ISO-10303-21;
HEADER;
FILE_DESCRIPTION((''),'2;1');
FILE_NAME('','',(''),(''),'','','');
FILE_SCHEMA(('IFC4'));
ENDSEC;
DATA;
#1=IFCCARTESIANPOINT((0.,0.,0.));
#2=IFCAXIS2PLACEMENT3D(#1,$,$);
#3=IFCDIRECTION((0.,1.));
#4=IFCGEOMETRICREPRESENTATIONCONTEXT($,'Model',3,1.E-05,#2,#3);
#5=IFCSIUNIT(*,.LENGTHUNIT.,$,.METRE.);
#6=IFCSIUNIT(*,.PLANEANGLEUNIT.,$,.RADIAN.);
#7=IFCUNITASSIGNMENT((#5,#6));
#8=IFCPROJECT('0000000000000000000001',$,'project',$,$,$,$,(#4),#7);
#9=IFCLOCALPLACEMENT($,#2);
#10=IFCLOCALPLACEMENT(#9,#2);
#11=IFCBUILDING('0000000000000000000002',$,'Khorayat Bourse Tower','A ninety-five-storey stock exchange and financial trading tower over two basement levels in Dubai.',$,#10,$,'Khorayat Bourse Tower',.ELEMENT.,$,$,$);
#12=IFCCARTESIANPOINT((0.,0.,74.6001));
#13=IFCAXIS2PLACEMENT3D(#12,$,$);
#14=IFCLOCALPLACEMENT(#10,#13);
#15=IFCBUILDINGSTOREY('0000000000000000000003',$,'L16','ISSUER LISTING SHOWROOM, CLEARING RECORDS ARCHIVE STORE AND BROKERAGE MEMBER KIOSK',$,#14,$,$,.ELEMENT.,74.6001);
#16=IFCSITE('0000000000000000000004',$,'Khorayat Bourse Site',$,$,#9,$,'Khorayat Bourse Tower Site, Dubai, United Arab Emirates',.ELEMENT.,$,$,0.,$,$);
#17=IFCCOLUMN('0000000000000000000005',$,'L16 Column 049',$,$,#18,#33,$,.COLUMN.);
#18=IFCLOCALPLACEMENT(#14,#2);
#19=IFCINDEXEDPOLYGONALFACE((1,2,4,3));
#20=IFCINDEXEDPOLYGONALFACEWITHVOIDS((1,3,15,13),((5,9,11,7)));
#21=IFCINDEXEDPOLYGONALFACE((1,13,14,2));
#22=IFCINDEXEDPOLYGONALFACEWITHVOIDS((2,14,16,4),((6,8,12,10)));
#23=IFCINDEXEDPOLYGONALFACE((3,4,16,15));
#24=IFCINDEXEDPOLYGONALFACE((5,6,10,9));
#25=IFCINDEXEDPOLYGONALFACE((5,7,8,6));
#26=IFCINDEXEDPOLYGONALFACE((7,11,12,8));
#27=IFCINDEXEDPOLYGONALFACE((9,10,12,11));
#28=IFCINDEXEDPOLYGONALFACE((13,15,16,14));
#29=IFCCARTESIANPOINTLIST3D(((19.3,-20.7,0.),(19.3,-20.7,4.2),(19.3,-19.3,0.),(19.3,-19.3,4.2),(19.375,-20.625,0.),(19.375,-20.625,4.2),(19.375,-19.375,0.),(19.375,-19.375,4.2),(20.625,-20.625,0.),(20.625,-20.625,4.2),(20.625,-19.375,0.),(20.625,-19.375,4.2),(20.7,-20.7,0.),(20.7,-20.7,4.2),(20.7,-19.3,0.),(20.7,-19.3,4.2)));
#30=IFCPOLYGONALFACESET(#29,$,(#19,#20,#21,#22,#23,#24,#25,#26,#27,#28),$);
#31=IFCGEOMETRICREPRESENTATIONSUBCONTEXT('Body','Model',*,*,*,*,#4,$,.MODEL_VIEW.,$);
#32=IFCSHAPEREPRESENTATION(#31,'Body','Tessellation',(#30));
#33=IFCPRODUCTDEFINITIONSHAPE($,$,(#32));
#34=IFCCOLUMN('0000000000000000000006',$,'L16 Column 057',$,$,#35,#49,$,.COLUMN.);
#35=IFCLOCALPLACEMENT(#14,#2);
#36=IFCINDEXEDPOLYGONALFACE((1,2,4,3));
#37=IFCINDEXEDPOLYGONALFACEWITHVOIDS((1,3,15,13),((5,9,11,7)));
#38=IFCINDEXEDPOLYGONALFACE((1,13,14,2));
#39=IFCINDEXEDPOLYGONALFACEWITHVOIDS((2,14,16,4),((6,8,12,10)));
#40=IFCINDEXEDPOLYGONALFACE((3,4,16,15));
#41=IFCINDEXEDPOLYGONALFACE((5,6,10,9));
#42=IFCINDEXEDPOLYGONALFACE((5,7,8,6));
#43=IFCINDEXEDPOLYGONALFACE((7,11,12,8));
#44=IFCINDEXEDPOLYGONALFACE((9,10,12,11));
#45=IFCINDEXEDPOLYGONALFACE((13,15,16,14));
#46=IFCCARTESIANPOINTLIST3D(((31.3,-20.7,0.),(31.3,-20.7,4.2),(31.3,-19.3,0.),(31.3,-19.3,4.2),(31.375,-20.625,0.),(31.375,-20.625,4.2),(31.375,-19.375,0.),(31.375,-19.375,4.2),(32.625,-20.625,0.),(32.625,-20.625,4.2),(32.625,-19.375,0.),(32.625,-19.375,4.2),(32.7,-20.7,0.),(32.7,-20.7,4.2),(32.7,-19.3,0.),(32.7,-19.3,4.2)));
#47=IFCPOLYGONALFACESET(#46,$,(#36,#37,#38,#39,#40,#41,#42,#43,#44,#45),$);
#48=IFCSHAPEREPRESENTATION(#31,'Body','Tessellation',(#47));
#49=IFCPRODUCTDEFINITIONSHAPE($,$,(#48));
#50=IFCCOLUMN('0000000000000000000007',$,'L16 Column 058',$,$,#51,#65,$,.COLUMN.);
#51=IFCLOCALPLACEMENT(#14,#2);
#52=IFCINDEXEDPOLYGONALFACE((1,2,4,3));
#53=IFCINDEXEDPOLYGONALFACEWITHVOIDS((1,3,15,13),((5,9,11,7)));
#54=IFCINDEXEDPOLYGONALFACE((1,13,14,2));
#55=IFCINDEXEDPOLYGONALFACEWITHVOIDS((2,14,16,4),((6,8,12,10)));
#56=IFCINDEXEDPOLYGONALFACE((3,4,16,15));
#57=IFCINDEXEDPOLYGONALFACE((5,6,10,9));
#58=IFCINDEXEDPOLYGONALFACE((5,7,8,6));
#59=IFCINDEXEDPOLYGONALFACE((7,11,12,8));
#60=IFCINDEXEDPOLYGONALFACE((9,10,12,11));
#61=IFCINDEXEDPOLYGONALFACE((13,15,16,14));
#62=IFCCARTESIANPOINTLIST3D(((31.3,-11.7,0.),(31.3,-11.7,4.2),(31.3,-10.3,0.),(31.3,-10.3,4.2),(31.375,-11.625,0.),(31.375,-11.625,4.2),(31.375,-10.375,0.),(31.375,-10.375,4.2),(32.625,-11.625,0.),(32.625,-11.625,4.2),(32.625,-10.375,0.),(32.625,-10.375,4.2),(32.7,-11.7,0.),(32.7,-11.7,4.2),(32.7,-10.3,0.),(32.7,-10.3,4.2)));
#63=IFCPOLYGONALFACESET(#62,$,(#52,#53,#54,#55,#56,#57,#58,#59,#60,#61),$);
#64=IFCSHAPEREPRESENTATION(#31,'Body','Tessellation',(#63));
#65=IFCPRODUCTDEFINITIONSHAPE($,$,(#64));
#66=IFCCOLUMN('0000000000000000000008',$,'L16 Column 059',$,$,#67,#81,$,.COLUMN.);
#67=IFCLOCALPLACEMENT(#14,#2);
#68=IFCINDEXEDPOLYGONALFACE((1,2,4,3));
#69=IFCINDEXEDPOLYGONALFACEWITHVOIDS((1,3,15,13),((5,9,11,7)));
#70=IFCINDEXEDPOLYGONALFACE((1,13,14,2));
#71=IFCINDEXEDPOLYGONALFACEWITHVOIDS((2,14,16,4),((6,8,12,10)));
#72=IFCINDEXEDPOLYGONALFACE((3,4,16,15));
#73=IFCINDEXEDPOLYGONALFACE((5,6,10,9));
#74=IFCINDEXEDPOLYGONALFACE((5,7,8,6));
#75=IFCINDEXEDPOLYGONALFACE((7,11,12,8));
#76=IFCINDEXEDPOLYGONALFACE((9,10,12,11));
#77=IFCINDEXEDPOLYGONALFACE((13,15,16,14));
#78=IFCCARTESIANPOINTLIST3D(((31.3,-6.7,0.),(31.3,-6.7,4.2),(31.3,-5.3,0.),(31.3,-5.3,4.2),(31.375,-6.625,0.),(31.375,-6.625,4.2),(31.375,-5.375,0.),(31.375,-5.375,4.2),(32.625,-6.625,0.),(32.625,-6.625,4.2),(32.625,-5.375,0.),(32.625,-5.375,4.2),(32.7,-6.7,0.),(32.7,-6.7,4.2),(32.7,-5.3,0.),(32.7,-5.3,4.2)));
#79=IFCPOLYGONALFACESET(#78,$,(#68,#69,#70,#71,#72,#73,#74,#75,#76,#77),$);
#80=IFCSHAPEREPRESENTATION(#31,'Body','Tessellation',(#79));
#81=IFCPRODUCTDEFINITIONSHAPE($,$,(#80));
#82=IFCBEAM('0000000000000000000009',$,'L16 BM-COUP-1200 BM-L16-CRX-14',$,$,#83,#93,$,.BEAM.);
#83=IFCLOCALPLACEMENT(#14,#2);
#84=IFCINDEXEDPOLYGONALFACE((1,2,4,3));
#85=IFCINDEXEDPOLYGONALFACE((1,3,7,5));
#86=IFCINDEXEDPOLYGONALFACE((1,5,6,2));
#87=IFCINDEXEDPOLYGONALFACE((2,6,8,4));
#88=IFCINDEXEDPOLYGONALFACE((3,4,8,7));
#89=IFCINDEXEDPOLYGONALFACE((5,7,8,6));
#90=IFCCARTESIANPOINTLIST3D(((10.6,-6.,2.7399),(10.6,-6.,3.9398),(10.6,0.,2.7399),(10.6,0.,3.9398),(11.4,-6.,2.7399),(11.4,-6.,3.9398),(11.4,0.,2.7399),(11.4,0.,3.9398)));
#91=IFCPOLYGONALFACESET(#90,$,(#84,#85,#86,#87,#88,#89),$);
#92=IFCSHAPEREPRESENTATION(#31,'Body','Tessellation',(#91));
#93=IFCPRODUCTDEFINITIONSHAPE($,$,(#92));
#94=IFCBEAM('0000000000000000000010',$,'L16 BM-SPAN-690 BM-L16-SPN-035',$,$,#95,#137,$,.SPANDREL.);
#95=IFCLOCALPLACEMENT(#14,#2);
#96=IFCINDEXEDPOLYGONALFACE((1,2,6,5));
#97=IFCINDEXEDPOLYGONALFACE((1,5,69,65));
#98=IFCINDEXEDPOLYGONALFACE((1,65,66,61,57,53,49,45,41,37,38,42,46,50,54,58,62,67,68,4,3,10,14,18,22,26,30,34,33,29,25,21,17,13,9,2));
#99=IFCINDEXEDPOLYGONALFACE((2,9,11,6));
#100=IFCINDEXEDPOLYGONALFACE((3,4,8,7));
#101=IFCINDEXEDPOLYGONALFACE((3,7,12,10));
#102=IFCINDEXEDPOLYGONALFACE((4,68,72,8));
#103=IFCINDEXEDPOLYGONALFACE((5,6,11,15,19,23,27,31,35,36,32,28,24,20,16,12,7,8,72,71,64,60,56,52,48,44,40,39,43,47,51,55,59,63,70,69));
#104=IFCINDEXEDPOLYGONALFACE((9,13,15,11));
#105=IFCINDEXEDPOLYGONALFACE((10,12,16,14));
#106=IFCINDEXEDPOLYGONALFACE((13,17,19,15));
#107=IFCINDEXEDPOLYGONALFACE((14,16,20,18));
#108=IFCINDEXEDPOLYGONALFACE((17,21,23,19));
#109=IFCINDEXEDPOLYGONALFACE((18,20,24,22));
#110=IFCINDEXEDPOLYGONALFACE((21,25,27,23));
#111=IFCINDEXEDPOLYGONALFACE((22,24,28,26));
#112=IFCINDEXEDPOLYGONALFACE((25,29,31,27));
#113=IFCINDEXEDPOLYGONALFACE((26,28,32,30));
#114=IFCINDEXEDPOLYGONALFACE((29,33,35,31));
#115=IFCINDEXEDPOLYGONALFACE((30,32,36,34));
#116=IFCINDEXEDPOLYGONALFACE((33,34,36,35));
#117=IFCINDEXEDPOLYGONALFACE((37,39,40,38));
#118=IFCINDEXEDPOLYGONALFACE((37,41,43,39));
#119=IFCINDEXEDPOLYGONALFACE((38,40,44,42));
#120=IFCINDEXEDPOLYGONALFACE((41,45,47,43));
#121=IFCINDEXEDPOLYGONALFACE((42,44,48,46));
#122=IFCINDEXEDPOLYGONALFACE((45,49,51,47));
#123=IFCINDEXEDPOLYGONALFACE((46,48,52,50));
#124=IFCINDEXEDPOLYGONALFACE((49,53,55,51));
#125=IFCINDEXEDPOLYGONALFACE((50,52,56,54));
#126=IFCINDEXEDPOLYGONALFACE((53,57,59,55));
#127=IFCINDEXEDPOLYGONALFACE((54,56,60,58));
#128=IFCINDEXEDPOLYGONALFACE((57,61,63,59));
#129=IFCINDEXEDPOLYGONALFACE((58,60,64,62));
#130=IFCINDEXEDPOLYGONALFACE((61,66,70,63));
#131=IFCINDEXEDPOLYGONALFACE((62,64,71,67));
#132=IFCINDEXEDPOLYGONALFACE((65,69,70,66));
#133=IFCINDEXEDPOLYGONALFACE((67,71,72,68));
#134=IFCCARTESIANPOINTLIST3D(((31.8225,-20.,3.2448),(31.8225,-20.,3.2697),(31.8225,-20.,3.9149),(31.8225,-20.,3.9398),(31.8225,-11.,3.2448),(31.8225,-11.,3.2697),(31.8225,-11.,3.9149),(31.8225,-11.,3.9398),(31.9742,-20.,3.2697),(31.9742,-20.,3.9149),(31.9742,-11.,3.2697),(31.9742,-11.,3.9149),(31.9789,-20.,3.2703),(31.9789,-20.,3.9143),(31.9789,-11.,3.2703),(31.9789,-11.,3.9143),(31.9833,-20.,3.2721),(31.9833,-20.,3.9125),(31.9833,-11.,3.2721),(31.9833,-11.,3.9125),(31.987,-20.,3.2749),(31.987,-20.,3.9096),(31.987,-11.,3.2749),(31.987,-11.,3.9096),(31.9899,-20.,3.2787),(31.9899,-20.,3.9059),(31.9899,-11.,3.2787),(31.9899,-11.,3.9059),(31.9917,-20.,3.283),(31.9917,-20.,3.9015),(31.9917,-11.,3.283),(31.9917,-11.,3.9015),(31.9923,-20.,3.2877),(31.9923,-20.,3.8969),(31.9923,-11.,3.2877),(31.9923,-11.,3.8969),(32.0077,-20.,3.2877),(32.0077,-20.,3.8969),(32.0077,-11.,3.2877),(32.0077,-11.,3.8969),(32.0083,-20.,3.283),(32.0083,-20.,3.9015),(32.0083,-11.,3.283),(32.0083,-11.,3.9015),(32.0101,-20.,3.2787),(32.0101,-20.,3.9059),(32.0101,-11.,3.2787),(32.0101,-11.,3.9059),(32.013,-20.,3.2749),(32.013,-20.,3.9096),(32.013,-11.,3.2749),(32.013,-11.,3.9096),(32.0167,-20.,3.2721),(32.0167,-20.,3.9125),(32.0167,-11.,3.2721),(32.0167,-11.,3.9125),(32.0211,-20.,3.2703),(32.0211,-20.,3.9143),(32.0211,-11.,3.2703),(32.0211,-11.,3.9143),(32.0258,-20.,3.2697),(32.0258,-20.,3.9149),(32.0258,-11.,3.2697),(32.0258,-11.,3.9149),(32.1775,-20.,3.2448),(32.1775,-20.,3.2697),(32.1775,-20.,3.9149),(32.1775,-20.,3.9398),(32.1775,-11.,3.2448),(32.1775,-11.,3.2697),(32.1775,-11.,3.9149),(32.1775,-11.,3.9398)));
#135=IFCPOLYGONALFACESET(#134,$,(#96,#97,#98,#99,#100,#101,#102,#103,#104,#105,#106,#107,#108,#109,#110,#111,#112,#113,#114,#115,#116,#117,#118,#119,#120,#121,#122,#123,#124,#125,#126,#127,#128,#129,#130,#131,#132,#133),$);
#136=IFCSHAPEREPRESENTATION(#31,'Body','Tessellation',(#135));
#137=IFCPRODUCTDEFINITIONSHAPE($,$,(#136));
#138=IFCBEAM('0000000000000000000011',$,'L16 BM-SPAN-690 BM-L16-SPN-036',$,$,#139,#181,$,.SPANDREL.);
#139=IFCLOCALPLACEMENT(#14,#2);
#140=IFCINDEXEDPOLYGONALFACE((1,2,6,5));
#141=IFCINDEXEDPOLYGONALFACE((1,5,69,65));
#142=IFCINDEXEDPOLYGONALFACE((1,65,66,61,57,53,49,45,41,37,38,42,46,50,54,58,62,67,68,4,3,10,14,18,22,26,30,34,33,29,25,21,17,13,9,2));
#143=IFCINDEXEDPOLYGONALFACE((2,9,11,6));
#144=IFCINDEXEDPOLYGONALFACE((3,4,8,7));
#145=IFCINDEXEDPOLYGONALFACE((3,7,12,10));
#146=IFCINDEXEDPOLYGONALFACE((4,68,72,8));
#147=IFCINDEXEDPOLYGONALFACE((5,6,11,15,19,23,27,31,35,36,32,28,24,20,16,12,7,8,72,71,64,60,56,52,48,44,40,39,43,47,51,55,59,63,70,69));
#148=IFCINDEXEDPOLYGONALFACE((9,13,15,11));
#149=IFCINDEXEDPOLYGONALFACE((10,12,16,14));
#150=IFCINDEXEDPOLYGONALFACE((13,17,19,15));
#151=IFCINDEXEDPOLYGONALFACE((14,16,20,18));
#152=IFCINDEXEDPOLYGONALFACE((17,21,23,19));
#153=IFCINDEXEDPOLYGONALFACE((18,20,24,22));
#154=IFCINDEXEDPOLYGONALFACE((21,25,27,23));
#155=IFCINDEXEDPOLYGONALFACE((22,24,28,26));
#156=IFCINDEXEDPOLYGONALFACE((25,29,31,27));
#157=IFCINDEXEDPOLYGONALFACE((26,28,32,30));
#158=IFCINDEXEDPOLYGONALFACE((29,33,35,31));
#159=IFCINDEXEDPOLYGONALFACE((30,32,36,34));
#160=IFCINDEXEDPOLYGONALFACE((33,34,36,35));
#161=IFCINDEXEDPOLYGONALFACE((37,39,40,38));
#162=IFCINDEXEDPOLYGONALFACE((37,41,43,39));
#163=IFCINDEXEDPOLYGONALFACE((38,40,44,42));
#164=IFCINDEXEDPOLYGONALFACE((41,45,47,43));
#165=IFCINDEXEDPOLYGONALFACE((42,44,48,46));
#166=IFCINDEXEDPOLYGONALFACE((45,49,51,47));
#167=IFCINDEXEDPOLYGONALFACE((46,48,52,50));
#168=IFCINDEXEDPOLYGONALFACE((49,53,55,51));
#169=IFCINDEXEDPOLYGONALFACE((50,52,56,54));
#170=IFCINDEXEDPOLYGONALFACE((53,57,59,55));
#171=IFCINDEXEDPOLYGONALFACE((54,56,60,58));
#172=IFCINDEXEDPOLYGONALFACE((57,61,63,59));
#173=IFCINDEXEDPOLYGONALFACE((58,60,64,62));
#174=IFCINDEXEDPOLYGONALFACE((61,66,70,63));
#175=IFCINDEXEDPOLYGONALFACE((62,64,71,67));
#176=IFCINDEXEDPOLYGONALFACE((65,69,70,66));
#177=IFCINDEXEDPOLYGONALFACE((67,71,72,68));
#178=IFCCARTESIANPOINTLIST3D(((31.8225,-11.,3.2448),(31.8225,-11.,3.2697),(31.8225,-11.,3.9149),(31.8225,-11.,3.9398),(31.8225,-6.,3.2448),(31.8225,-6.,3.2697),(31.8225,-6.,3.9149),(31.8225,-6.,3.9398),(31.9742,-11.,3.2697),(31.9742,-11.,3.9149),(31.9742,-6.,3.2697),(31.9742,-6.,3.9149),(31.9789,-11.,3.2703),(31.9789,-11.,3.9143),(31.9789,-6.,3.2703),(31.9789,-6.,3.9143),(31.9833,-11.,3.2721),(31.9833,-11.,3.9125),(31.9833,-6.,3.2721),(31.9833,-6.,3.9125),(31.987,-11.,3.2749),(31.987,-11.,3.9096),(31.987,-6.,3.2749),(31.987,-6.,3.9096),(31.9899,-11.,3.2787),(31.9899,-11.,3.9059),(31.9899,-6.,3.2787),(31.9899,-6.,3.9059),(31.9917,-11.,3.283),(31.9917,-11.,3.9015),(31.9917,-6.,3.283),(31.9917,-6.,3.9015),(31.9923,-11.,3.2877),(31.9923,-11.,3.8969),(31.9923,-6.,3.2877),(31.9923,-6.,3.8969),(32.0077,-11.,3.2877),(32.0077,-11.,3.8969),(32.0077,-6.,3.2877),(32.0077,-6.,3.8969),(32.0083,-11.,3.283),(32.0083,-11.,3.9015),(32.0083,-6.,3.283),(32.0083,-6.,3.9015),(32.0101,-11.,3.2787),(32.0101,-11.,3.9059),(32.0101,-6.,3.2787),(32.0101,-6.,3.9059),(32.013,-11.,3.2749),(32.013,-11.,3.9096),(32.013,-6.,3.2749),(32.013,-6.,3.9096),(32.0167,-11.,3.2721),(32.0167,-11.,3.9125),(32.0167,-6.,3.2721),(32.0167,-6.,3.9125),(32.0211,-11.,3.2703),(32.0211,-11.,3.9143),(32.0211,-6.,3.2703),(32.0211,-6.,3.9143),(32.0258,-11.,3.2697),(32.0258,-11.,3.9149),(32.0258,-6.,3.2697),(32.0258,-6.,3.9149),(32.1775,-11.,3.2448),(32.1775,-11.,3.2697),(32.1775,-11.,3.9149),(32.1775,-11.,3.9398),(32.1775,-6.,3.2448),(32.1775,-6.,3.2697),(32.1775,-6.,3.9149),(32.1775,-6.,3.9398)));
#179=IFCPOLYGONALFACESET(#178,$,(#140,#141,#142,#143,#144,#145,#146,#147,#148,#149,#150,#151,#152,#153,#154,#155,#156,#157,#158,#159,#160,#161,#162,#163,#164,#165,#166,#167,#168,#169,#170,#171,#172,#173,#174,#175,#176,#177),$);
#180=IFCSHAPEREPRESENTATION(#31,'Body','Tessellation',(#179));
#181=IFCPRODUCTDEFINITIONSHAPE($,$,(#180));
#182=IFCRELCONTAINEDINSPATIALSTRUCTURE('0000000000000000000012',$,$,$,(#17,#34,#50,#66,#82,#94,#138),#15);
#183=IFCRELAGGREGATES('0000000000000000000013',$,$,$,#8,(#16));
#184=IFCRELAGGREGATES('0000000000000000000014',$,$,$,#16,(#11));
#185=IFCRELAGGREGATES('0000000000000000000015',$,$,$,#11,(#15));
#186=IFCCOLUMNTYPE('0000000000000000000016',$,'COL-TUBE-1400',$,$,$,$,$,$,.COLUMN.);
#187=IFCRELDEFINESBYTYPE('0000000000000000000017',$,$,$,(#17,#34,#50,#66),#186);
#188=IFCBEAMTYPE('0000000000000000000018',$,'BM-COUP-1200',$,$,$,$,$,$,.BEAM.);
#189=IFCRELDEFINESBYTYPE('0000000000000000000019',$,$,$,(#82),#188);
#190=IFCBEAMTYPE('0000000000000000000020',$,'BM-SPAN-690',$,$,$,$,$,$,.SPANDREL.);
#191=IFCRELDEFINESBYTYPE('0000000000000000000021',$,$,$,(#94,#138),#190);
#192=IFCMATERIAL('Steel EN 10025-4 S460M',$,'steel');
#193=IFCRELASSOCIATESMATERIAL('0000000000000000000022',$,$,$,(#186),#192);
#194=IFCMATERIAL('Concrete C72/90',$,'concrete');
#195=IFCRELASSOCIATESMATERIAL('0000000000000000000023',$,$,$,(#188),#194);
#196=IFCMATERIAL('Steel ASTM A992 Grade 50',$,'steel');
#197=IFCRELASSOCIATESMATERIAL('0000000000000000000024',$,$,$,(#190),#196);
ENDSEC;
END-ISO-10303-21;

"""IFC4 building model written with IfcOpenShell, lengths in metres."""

from ifc_helpers import new_model, si_unit, direction, frame, origin, origin_2d, place, context, subcontext, project, spatial, rectangle, hollow_rectangle, i_section, extrude, source, transform, mapped, material, material_profile, profile_set, type_object, element, save


model = new_model("IFC4")

# Units and contexts
model_context = context("Model", 3, precision=1e-05, world=origin(), true_north=direction((0.0, 1.0)))
body_context = subcontext(model_context, "Body", "Model", "MODEL_VIEW")
ifc_project = project(units=[si_unit("LENGTHUNIT", "METRE"), si_unit("PLANEANGLEUNIT", "RADIAN")], contexts=[model_context])

# Site, building, storey
site_placement = place(None, origin())
site = spatial("IfcSite", under=ifc_project, at=site_placement, Name="Khorayat Bourse Site", LongName="Khorayat Bourse Tower Site, Dubai, United Arab Emirates", CompositionType="ELEMENT", RefElevation=0.0)
building_placement = place(site_placement, origin())
building = spatial("IfcBuilding", under=site, at=building_placement, Name="Khorayat Bourse Tower", Description="A ninety-five-storey stock exchange and financial trading tower over two basement levels in Dubai.", LongName="Khorayat Bourse Tower", CompositionType="ELEMENT")
storey_placement = place(building_placement, frame((0.0, 0.0, 74.6001)))
storey = spatial("IfcBuildingStorey", under=building, at=storey_placement, Name="L16", Description="ISSUER LISTING SHOWROOM, CLEARING RECORDS ARCHIVE STORE AND BROKERAGE MEMBER KIOSK", CompositionType="ELEMENT", Elevation=74.6001)

# Columns
ifc_material_1 = material(Name="Steel EN 10025-4 S460M", Category="steel")
ifc_material_profile_1 = material_profile(ifc_material_1, hollow_rectangle(XDim=1.3999, YDim=1.3999, WallThickness=0.075, at=origin_2d()), Name="BOX 1400x1400x75")
ifc_profile_set_1 = profile_set([ifc_material_profile_1], Name="Steel EN 10025-4 S460M")
column_type = type_object("IfcColumnType", Name="COL-TUBE-1400", PredefinedType="COLUMN", material=ifc_profile_set_1)
shared_shape_1 = source(origin(), body_context, "Body", "SweptSolid", [
    extrude(hollow_rectangle(XDim=1.3999, YDim=1.3999, WallThickness=0.075, at=origin_2d()), origin(), (0.0, 0.0, 1.0), 4.2),
])
for number, where, z_axis, x_axis, name in (
    (1, (20.0, -20.0, 0.0), (0.0, 0.0, 1.0), (1.0, 0.0, 0.0), "L16 Column 049"),
    (2, (32.0, -20.0, 0.0), (0.0, 0.0, 1.0), (1.0, 0.0, 0.0), "L16 Column 057"),
    (3, (32.0, -11.0, 0.0), (0.0, 0.0, 1.0), (1.0, 0.0, 0.0), "L16 Column 058"),
    (4, (32.0, -6.0, 0.0), (0.0, 0.0, 1.0), (1.0, 0.0, 0.0), "L16 Column 059"),
):
    element("IfcColumn", number, at=place(storey_placement, frame(where, z_axis=z_axis, x_axis=x_axis)), inside=storey, type_object=column_type, Name=name, PredefinedType="COLUMN", context=body_context, shape_type="MappedRepresentation", body=[
        mapped(shared_shape_1, transform((0.0, 0.0, 0.0), scale=1.0)),
    ])

# Beams
ifc_material_2 = material(Name="Concrete C72/90", Category="concrete")
ifc_material_profile_2 = material_profile(ifc_material_2, rectangle(XDim=0.8, YDim=1.2, at=origin_2d()), Name="RC 800x1200")
ifc_profile_set_2 = profile_set([ifc_material_profile_2], Name="Concrete C72/90")
beam_type_1 = type_object("IfcBeamType", Name="BM-COUP-1200", PredefinedType="BEAM", material=ifc_profile_set_2)
shared_shape_2 = source(origin(), body_context, "Body", "SweptSolid", [
    extrude(rectangle(XDim=0.8, YDim=1.2, at=origin_2d()), origin(), (0.0, 0.0, 1.0), 6.0),
])
beam_1_placement = place(storey_placement, frame((11.0, -6.0, 3.3398), z_axis=(0.0, 1.0, 0.0), x_axis=(-1.0, 0.0, 0.0)))
element("IfcBeam", 5, at=beam_1_placement, inside=storey, type_object=beam_type_1, Name="L16 BM-COUP-1200 BM-L16-CRX-14", PredefinedType="BEAM", context=body_context, shape_type="MappedRepresentation", body=[
    mapped(shared_shape_2, transform((0.0, 0.0, 0.0), scale=1.0)),
])
ifc_material_3 = material(Name="Steel ASTM A992 Grade 50", Category="steel")
ifc_material_profile_3 = material_profile(ifc_material_3, i_section(OverallWidth=0.355, OverallDepth=0.6951, WebThickness=0.0154, FlangeThickness=0.0249, FilletRadius=0.0181, at=origin_2d()), Name="W690X217")
ifc_profile_set_3 = profile_set([ifc_material_profile_3], Name="Steel ASTM A992 Grade 50")
beam_type_2 = type_object("IfcBeamType", Name="BM-SPAN-690", PredefinedType="SPANDREL", material=ifc_profile_set_3)
shared_shape_3 = source(origin(), body_context, "Body", "SweptSolid", [
    extrude(i_section(OverallWidth=0.355, OverallDepth=0.6951, WebThickness=0.0154, FlangeThickness=0.0249, FilletRadius=0.0181, at=origin_2d()), origin(), (0.0, 0.0, 1.0), 9.0),
])
beam_2_placement = place(storey_placement, frame((32.0, -20.0, 3.5923), z_axis=(0.0, 1.0, 0.0), x_axis=(-1.0, 0.0, 0.0)))
element("IfcBeam", 6, at=beam_2_placement, inside=storey, type_object=beam_type_2, Name="L16 BM-SPAN-690 BM-L16-SPN-035", PredefinedType="SPANDREL", context=body_context, shape_type="MappedRepresentation", body=[
    mapped(shared_shape_3, transform((0.0, 0.0, 0.0), scale=1.0)),
])
shared_shape_4 = source(origin(), body_context, "Body", "SweptSolid", [
    extrude(i_section(OverallWidth=0.355, OverallDepth=0.6951, WebThickness=0.0154, FlangeThickness=0.0249, FilletRadius=0.0181, at=origin_2d()), origin(), (0.0, 0.0, 1.0), 5.0),
])
beam_3_placement = place(storey_placement, frame((32.0, -11.0, 3.5923), z_axis=(0.0, 1.0, 0.0), x_axis=(-1.0, 0.0, 0.0)))
element("IfcBeam", 7, at=beam_3_placement, inside=storey, type_object=beam_type_2, Name="L16 BM-SPAN-690 BM-L16-SPN-036", PredefinedType="SPANDREL", context=body_context, shape_type="MappedRepresentation", body=[
    mapped(shared_shape_4, transform((0.0, 0.0, 0.0), scale=1.0)),
])

save(model, "model.ifc")
